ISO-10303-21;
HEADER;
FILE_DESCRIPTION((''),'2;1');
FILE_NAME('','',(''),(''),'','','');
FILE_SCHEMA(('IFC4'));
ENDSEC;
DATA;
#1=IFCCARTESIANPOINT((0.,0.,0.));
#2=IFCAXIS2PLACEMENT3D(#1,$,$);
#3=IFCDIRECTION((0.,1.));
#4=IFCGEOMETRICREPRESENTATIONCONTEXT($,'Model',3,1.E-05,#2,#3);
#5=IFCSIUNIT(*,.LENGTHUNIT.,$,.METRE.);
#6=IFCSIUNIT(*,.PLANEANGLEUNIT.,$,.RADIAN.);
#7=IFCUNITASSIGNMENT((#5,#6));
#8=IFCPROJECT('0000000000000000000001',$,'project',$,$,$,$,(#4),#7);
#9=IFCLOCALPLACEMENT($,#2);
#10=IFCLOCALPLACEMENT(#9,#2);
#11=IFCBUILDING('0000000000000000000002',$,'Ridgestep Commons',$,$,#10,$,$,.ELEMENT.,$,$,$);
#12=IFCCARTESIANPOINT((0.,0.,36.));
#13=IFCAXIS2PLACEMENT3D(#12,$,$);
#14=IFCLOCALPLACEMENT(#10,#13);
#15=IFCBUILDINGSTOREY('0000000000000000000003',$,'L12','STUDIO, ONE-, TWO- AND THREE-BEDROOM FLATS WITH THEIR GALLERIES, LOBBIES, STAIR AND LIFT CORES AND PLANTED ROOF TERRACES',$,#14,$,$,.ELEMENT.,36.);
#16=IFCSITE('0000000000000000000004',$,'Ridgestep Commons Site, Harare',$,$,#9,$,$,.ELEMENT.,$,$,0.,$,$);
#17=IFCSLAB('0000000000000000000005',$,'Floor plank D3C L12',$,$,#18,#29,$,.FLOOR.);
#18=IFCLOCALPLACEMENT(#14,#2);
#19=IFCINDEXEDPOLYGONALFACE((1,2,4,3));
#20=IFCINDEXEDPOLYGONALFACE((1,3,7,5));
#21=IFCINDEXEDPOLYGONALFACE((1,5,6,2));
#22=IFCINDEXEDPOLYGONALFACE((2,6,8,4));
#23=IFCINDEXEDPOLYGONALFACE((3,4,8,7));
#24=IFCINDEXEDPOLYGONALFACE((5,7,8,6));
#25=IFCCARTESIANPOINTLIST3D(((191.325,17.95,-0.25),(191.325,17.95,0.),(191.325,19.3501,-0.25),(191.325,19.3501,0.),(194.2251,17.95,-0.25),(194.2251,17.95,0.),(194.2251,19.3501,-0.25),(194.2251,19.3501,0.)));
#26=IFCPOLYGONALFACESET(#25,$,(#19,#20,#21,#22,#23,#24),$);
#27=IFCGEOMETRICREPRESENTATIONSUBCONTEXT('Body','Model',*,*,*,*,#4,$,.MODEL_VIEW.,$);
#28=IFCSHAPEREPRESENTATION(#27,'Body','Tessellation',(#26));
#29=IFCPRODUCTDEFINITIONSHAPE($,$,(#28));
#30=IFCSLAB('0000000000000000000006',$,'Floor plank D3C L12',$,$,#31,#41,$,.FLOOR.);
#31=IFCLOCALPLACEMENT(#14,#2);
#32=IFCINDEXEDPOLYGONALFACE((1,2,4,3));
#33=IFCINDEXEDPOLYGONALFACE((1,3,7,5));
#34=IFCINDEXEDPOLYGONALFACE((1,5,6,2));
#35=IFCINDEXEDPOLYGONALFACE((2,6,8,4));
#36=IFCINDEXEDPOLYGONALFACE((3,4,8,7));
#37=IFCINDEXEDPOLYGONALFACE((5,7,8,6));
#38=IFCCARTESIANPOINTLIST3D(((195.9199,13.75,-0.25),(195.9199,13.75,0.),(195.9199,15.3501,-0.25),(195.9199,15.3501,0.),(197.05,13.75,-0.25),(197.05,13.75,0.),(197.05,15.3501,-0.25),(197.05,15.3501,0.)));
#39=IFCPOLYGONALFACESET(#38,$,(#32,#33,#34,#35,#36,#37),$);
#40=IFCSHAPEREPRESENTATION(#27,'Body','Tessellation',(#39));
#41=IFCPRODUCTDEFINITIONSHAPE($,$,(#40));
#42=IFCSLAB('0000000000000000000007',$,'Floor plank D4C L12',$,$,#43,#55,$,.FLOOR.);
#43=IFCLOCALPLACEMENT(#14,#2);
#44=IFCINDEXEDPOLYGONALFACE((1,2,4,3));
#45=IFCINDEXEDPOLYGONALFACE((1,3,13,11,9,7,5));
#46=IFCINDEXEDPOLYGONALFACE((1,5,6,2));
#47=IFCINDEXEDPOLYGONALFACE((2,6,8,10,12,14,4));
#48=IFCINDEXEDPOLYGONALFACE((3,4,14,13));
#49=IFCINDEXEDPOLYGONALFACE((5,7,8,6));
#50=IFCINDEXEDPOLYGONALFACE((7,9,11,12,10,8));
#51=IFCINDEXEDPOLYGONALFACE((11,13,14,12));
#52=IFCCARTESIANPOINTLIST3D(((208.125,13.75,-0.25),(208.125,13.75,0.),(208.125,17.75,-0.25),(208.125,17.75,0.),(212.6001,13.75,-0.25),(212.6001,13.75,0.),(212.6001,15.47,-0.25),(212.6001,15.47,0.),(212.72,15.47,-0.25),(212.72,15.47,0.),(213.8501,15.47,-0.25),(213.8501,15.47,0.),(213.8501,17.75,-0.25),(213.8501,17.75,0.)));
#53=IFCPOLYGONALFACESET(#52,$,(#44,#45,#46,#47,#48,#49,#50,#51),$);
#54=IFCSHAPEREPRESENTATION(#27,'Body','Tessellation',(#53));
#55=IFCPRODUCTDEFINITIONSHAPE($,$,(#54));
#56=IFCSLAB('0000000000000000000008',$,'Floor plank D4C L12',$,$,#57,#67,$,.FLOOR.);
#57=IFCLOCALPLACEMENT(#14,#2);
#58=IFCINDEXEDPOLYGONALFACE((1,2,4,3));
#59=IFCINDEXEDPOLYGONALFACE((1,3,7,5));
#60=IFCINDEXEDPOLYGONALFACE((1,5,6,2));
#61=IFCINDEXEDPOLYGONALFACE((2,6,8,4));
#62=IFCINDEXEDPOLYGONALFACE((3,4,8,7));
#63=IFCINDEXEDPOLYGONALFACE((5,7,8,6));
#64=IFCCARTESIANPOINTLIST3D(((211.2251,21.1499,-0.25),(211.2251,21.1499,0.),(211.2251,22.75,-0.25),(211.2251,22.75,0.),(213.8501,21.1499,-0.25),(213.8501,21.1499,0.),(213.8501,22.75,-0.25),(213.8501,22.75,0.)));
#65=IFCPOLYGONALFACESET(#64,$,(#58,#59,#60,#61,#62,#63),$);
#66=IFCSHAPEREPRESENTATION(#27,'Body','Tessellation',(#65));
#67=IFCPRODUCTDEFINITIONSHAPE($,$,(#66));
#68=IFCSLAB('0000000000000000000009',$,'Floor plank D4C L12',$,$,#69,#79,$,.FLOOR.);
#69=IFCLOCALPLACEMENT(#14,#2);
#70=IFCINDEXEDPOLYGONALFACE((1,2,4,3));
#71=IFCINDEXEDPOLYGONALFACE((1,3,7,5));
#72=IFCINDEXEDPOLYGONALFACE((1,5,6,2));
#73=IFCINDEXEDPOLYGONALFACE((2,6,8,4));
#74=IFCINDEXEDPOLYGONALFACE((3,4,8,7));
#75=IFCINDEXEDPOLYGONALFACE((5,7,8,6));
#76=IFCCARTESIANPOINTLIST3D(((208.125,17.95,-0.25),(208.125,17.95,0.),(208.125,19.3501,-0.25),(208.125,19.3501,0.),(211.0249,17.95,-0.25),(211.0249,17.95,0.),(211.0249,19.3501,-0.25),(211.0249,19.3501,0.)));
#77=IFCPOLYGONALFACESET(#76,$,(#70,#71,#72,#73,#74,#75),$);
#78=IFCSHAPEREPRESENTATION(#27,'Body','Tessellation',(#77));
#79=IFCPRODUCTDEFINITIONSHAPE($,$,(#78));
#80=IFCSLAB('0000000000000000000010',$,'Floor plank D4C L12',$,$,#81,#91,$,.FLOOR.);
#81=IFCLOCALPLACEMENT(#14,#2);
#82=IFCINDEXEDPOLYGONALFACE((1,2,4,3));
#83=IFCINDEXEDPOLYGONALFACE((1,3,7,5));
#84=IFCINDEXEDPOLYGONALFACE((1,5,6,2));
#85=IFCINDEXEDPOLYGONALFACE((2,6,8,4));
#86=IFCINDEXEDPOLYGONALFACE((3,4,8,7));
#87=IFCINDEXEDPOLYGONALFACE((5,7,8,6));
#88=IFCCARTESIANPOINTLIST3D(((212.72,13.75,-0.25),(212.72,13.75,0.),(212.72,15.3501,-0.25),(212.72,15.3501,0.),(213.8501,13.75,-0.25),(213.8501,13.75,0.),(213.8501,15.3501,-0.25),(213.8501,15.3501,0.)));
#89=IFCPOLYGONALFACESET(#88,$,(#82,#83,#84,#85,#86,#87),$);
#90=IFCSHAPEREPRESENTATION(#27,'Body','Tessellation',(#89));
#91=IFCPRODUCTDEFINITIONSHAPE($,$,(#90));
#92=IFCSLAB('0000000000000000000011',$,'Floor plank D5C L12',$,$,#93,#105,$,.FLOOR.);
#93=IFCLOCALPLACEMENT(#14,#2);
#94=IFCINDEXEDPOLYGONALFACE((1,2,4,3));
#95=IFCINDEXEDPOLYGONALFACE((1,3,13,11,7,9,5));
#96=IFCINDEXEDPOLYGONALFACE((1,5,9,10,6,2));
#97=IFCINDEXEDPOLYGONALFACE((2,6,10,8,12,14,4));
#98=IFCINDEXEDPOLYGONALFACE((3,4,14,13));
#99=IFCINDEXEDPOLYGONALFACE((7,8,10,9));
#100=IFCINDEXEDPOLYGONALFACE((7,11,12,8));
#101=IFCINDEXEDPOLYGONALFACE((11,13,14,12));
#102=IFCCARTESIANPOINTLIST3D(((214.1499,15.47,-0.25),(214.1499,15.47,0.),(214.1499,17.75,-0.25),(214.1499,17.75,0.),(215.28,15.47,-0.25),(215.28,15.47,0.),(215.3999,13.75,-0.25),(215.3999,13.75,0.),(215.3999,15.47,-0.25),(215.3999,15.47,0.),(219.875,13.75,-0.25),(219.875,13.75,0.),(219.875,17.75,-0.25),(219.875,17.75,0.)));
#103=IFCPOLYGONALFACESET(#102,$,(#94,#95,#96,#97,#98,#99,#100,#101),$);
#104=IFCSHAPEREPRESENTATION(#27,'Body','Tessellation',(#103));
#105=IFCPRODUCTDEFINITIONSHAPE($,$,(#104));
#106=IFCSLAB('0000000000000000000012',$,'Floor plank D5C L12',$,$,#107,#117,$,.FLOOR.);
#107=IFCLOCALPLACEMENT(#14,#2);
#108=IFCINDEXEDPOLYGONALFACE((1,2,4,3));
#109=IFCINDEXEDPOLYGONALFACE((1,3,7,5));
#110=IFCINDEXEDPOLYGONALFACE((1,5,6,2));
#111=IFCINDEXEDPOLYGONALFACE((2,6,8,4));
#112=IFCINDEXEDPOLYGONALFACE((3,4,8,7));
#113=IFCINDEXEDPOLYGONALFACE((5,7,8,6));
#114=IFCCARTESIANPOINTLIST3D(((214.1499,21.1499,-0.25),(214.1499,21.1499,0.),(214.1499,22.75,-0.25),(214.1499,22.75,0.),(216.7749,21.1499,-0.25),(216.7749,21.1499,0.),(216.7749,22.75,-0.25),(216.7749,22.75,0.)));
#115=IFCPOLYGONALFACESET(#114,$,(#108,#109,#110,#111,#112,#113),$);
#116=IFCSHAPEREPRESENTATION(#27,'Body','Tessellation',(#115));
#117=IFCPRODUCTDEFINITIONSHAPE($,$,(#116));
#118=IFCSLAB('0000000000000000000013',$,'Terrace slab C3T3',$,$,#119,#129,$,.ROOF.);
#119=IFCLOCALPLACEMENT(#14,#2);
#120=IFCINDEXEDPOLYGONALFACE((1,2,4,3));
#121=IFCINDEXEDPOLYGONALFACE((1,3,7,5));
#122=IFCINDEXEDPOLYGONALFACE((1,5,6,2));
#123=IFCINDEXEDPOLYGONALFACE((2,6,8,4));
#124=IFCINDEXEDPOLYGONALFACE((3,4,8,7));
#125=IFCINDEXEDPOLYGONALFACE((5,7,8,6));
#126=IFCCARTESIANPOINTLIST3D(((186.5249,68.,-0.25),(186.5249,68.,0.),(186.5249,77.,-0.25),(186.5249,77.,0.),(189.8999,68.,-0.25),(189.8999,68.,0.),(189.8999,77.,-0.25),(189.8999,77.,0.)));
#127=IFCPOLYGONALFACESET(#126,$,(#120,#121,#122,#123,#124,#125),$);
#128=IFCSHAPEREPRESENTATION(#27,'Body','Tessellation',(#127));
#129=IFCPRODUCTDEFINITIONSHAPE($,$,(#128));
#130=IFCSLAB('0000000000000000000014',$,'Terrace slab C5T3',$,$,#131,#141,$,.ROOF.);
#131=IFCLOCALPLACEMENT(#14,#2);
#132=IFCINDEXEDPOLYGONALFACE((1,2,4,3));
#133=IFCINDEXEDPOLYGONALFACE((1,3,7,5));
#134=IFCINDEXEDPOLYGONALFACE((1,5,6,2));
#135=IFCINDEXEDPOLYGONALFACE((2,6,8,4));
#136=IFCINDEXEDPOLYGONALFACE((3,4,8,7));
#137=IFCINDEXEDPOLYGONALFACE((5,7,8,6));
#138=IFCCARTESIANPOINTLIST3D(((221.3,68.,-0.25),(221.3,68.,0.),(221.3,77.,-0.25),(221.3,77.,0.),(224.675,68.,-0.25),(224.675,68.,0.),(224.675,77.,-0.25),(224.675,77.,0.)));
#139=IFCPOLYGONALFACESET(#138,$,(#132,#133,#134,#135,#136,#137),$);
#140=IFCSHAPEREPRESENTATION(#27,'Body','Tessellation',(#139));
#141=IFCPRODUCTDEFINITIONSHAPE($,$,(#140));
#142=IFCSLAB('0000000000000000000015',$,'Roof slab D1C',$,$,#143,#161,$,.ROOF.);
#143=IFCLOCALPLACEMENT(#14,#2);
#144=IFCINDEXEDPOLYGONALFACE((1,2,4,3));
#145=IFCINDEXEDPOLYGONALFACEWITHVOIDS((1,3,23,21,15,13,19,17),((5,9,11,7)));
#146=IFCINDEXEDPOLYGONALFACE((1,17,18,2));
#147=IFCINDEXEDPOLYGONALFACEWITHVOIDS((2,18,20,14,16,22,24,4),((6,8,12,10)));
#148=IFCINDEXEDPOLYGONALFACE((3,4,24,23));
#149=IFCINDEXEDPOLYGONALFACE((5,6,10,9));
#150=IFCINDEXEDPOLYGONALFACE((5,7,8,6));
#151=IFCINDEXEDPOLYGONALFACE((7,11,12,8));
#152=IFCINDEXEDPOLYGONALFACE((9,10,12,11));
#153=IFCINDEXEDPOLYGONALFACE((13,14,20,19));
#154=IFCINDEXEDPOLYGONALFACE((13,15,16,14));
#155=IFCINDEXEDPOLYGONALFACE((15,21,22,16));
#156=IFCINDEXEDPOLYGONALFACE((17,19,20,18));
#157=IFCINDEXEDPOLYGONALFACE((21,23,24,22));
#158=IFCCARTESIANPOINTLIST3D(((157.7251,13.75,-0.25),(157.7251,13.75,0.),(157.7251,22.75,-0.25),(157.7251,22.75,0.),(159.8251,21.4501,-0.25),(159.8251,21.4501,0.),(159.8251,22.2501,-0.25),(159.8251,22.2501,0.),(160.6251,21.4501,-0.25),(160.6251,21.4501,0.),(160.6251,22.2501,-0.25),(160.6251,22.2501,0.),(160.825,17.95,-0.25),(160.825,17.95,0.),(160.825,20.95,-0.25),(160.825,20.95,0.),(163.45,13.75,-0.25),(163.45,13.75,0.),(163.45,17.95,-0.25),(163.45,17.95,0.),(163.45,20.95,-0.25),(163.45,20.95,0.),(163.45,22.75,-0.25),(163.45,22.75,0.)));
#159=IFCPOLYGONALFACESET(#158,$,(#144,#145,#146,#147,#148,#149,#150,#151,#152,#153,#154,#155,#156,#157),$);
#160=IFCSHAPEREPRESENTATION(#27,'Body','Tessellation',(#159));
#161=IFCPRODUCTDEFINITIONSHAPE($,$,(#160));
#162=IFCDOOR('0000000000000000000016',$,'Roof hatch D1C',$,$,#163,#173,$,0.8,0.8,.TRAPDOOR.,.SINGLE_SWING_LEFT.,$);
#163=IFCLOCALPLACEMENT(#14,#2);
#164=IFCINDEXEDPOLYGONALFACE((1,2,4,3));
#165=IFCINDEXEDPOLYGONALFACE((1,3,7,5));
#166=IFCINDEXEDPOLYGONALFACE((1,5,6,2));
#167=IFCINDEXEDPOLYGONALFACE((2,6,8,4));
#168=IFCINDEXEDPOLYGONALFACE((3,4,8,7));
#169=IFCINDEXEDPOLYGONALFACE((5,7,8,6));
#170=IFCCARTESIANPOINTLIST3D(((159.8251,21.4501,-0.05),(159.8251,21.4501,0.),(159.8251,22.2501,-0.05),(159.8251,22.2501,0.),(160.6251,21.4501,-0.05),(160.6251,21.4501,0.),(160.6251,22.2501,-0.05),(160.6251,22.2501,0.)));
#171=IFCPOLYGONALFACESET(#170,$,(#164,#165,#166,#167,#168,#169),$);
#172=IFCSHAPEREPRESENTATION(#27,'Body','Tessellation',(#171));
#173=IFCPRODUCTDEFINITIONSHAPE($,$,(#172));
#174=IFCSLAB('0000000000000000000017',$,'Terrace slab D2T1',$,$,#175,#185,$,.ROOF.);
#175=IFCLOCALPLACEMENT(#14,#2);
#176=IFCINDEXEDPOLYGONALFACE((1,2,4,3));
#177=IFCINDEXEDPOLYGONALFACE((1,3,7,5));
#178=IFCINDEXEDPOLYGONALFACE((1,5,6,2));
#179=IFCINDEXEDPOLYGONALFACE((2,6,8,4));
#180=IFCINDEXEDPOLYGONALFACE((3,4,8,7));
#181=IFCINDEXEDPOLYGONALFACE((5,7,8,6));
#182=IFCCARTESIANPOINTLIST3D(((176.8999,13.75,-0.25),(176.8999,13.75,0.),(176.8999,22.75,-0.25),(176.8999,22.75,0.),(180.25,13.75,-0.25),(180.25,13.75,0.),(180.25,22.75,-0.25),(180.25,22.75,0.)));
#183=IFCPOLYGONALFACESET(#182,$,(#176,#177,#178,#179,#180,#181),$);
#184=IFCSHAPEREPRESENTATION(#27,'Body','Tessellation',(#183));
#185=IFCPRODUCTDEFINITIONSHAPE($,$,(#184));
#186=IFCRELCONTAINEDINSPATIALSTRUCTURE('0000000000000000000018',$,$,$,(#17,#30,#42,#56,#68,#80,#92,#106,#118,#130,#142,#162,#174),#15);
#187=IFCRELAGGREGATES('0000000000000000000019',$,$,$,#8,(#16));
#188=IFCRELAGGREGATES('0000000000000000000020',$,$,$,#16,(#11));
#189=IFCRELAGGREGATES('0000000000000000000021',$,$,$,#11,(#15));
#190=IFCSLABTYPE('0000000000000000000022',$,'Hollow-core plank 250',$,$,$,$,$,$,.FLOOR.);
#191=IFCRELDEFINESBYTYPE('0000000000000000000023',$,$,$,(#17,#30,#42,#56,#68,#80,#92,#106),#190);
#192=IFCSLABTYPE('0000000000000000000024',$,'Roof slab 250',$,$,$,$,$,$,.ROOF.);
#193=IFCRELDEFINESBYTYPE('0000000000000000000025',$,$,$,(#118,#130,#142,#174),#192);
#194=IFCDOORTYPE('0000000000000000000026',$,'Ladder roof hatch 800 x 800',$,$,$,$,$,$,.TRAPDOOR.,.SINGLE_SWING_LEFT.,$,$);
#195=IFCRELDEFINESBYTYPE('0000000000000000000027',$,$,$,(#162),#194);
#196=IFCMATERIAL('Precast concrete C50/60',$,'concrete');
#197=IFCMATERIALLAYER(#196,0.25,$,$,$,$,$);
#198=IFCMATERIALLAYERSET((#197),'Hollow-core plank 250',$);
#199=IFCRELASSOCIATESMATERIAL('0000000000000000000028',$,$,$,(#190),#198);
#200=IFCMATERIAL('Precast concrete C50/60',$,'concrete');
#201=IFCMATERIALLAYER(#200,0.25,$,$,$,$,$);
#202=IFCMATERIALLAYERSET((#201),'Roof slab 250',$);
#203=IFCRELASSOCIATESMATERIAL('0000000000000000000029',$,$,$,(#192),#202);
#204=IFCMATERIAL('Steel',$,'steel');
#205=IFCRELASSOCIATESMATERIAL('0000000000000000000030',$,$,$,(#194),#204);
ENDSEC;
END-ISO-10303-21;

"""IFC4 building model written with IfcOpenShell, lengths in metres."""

from ifc_helpers import new_model, si_unit, direction, frame, origin, origin_2d, place, context, subcontext, project, spatial, polyline, rectangle, outline, extrude, material, layer, layer_set, type_object, element, fill, save


model = new_model("IFC4")

# Units and contexts
model_context = context("Model", 3, precision=1e-05, world=origin(), true_north=direction((0.0, 1.0)))
body_context = subcontext(model_context, "Body", "Model", "MODEL_VIEW")
ifc_project = project(units=[si_unit("LENGTHUNIT", "METRE"), si_unit("PLANEANGLEUNIT", "RADIAN")], contexts=[model_context])

# Site, building, storey
site_placement = place(None, origin())
site = spatial("IfcSite", under=ifc_project, at=site_placement, Name="Ridgestep Commons Site, Harare", CompositionType="ELEMENT", RefElevation=0.0)
building_placement = place(site_placement, origin())
building = spatial("IfcBuilding", under=site, at=building_placement, Name="Ridgestep Commons", CompositionType="ELEMENT")
storey_placement = place(building_placement, frame((0.0, 0.0, 36.0)))
storey = spatial("IfcBuildingStorey", under=building, at=storey_placement, Name="L12", Description="STUDIO, ONE-, TWO- AND THREE-BEDROOM FLATS WITH THEIR GALLERIES, LOBBIES, STAIR AND LIFT CORES AND PLANTED ROOF TERRACES", CompositionType="ELEMENT", Elevation=36.0)

# Slabs
ifc_material_1 = material(Name="Precast concrete C50/60", Category="concrete")
ifc_layer_1 = layer(ifc_material_1, 0.25)
ifc_layer_set_1 = layer_set([ifc_layer_1], Name="Hollow-core plank 250")
slab_type_1 = type_object("IfcSlabType", Name="Hollow-core plank 250", PredefinedType="FLOOR", material=ifc_layer_set_1)
slab_1_placement = place(storey_placement, frame((0.0, 0.0, -0.25)))
element("IfcSlab", 1, at=slab_1_placement, inside=storey, type_object=slab_type_1, Name="Floor plank D3C L12", PredefinedType="FLOOR", context=body_context, shape_type="SweptSolid", body=[
    extrude(outline(polyline([(194.2251, 17.95), (194.2251, 19.3501), (191.325, 19.3501), (191.325, 17.95), (194.2251, 17.95)])), origin(), (0.0, 0.0, 1.0), 0.25),
])
slab_2_placement = place(storey_placement, frame((0.0, 0.0, -0.25)))
element("IfcSlab", 2, at=slab_2_placement, inside=storey, type_object=slab_type_1, Name="Floor plank D3C L12", PredefinedType="FLOOR", context=body_context, shape_type="SweptSolid", body=[
    extrude(outline(polyline([(195.9199, 13.75), (197.05, 13.75), (197.05, 15.3501), (195.9199, 15.3501), (195.9199, 13.75)])), origin(), (0.0, 0.0, 1.0), 0.25),
])
slab_3_placement = place(storey_placement, frame((0.0, 0.0, -0.25)))
element("IfcSlab", 3, at=slab_3_placement, inside=storey, type_object=slab_type_1, Name="Floor plank D4C L12", PredefinedType="FLOOR", context=body_context, shape_type="SweptSolid", body=[
    extrude(outline(polyline([(212.72, 15.47), (213.8501, 15.47), (213.8501, 17.75), (208.125, 17.75), (208.125, 13.75), (212.6001, 13.75), (212.6001, 15.47), (212.72, 15.47)])), origin(), (0.0, 0.0, 1.0), 0.25),
])
slab_4_placement = place(storey_placement, frame((0.0, 0.0, -0.25)))
element("IfcSlab", 4, at=slab_4_placement, inside=storey, type_object=slab_type_1, Name="Floor plank D4C L12", PredefinedType="FLOOR", context=body_context, shape_type="SweptSolid", body=[
    extrude(outline(polyline([(213.8501, 21.1499), (213.8501, 22.75), (211.2251, 22.75), (211.2251, 21.1499), (213.8501, 21.1499)])), origin(), (0.0, 0.0, 1.0), 0.25),
])
slab_5_placement = place(storey_placement, frame((0.0, 0.0, -0.25)))
element("IfcSlab", 5, at=slab_5_placement, inside=storey, type_object=slab_type_1, Name="Floor plank D4C L12", PredefinedType="FLOOR", context=body_context, shape_type="SweptSolid", body=[
    extrude(outline(polyline([(211.0249, 17.95), (211.0249, 19.3501), (208.125, 19.3501), (208.125, 17.95), (211.0249, 17.95)])), origin(), (0.0, 0.0, 1.0), 0.25),
])
slab_6_placement = place(storey_placement, frame((0.0, 0.0, -0.25)))
element("IfcSlab", 6, at=slab_6_placement, inside=storey, type_object=slab_type_1, Name="Floor plank D4C L12", PredefinedType="FLOOR", context=body_context, shape_type="SweptSolid", body=[
    extrude(outline(polyline([(212.72, 13.75), (213.8501, 13.75), (213.8501, 15.3501), (212.72, 15.3501), (212.72, 13.75)])), origin(), (0.0, 0.0, 1.0), 0.25),
])
slab_7_placement = place(storey_placement, frame((0.0, 0.0, -0.25)))
element("IfcSlab", 7, at=slab_7_placement, inside=storey, type_object=slab_type_1, Name="Floor plank D5C L12", PredefinedType="FLOOR", context=body_context, shape_type="SweptSolid", body=[
    extrude(outline(polyline([(215.3999, 13.75), (219.875, 13.75), (219.875, 17.75), (214.1499, 17.75), (214.1499, 15.47), (215.28, 15.47), (215.3999, 15.47), (215.3999, 13.75)])), origin(), (0.0, 0.0, 1.0), 0.25),
])
slab_8_placement = place(storey_placement, frame((0.0, 0.0, -0.25)))
element("IfcSlab", 8, at=slab_8_placement, inside=storey, type_object=slab_type_1, Name="Floor plank D5C L12", PredefinedType="FLOOR", context=body_context, shape_type="SweptSolid", body=[
    extrude(outline(polyline([(216.7749, 22.75), (214.1499, 22.75), (214.1499, 21.1499), (216.7749, 21.1499), (216.7749, 22.75)])), origin(), (0.0, 0.0, 1.0), 0.25),
])
ifc_material_2 = material(Name="Precast concrete C50/60", Category="concrete")
ifc_layer_2 = layer(ifc_material_2, 0.25)
ifc_layer_set_2 = layer_set([ifc_layer_2], Name="Roof slab 250")
slab_type_2 = type_object("IfcSlabType", Name="Roof slab 250", PredefinedType="ROOF", material=ifc_layer_set_2)
slab_9_placement = place(storey_placement, frame((0.0, 0.0, -0.25)))
element("IfcSlab", 9, at=slab_9_placement, inside=storey, type_object=slab_type_2, Name="Terrace slab C3T3", PredefinedType="ROOF", context=body_context, shape_type="SweptSolid", body=[
    extrude(outline(polyline([(189.8999, 68.0), (189.8999, 77.0), (186.5249, 77.0), (186.5249, 68.0), (189.8999, 68.0)])), origin(), (0.0, 0.0, 1.0), 0.25),
])
slab_10_placement = place(storey_placement, frame((0.0, 0.0, -0.25)))
element("IfcSlab", 10, at=slab_10_placement, inside=storey, type_object=slab_type_2, Name="Terrace slab C5T3", PredefinedType="ROOF", context=body_context, shape_type="SweptSolid", body=[
    extrude(outline(polyline([(224.675, 68.0), (224.675, 77.0), (221.3, 77.0), (221.3, 68.0), (224.675, 68.0)])), origin(), (0.0, 0.0, 1.0), 0.25),
])

# Slab, opening, door
slab_11_placement = place(storey_placement, frame((0.0, 0.0, -0.25)))
slab_11 = element("IfcSlab", 11, at=slab_11_placement, inside=storey, type_object=slab_type_2, Name="Roof slab D1C", PredefinedType="ROOF", context=body_context, shape_type="SweptSolid", body=[
    extrude(outline(polyline([(163.45, 13.75), (163.45, 17.95), (160.825, 17.95), (160.825, 20.95), (163.45, 20.95), (163.45, 22.75), (157.7251, 22.75), (157.7251, 13.75), (163.45, 13.75)])), origin(), (0.0, 0.0, 1.0), 0.25),
])
opening_placement = place(slab_11_placement, frame((160.2251, 21.8501, 0.0)))
opening = element("IfcOpeningElement", 12, at=opening_placement, cuts=slab_11, PredefinedType="OPENING", context=body_context, shape_type="SweptSolid", body=[
    extrude(rectangle(XDim=0.8, YDim=0.8, at=origin_2d()), origin(), (0.0, 0.0, 1.0), 0.25),
])
ifc_material_3 = material(Name="Steel", Category="steel")
door_type = type_object("IfcDoorType", Name="Ladder roof hatch 800 x 800", OperationType="SINGLE_SWING_LEFT", PredefinedType="TRAPDOOR", material=ifc_material_3)
door_placement = place(opening_placement, frame((0.0, 0.0, 0.2)))
door = element("IfcDoor", 13, at=door_placement, inside=storey, type_object=door_type, Name="Roof hatch D1C", OperationType="SINGLE_SWING_LEFT", OverallHeight=0.8, OverallWidth=0.8, PredefinedType="TRAPDOOR", context=body_context, shape_type="SweptSolid", body=[
    extrude(rectangle(XDim=0.8, YDim=0.8, at=origin_2d()), origin(), (0.0, 0.0, 1.0), 0.05),
])
fill(opening, door)

# Slab
slab_12_placement = place(storey_placement, frame((0.0, 0.0, -0.25)))
element("IfcSlab", 14, at=slab_12_placement, inside=storey, type_object=slab_type_2, Name="Terrace slab D2T1", PredefinedType="ROOF", context=body_context, shape_type="SweptSolid", body=[
    extrude(outline(polyline([(180.25, 13.75), (180.25, 22.75), (176.8999, 22.75), (176.8999, 13.75), (180.25, 13.75)])), origin(), (0.0, 0.0, 1.0), 0.25),
])

save(model, "model.ifc")
